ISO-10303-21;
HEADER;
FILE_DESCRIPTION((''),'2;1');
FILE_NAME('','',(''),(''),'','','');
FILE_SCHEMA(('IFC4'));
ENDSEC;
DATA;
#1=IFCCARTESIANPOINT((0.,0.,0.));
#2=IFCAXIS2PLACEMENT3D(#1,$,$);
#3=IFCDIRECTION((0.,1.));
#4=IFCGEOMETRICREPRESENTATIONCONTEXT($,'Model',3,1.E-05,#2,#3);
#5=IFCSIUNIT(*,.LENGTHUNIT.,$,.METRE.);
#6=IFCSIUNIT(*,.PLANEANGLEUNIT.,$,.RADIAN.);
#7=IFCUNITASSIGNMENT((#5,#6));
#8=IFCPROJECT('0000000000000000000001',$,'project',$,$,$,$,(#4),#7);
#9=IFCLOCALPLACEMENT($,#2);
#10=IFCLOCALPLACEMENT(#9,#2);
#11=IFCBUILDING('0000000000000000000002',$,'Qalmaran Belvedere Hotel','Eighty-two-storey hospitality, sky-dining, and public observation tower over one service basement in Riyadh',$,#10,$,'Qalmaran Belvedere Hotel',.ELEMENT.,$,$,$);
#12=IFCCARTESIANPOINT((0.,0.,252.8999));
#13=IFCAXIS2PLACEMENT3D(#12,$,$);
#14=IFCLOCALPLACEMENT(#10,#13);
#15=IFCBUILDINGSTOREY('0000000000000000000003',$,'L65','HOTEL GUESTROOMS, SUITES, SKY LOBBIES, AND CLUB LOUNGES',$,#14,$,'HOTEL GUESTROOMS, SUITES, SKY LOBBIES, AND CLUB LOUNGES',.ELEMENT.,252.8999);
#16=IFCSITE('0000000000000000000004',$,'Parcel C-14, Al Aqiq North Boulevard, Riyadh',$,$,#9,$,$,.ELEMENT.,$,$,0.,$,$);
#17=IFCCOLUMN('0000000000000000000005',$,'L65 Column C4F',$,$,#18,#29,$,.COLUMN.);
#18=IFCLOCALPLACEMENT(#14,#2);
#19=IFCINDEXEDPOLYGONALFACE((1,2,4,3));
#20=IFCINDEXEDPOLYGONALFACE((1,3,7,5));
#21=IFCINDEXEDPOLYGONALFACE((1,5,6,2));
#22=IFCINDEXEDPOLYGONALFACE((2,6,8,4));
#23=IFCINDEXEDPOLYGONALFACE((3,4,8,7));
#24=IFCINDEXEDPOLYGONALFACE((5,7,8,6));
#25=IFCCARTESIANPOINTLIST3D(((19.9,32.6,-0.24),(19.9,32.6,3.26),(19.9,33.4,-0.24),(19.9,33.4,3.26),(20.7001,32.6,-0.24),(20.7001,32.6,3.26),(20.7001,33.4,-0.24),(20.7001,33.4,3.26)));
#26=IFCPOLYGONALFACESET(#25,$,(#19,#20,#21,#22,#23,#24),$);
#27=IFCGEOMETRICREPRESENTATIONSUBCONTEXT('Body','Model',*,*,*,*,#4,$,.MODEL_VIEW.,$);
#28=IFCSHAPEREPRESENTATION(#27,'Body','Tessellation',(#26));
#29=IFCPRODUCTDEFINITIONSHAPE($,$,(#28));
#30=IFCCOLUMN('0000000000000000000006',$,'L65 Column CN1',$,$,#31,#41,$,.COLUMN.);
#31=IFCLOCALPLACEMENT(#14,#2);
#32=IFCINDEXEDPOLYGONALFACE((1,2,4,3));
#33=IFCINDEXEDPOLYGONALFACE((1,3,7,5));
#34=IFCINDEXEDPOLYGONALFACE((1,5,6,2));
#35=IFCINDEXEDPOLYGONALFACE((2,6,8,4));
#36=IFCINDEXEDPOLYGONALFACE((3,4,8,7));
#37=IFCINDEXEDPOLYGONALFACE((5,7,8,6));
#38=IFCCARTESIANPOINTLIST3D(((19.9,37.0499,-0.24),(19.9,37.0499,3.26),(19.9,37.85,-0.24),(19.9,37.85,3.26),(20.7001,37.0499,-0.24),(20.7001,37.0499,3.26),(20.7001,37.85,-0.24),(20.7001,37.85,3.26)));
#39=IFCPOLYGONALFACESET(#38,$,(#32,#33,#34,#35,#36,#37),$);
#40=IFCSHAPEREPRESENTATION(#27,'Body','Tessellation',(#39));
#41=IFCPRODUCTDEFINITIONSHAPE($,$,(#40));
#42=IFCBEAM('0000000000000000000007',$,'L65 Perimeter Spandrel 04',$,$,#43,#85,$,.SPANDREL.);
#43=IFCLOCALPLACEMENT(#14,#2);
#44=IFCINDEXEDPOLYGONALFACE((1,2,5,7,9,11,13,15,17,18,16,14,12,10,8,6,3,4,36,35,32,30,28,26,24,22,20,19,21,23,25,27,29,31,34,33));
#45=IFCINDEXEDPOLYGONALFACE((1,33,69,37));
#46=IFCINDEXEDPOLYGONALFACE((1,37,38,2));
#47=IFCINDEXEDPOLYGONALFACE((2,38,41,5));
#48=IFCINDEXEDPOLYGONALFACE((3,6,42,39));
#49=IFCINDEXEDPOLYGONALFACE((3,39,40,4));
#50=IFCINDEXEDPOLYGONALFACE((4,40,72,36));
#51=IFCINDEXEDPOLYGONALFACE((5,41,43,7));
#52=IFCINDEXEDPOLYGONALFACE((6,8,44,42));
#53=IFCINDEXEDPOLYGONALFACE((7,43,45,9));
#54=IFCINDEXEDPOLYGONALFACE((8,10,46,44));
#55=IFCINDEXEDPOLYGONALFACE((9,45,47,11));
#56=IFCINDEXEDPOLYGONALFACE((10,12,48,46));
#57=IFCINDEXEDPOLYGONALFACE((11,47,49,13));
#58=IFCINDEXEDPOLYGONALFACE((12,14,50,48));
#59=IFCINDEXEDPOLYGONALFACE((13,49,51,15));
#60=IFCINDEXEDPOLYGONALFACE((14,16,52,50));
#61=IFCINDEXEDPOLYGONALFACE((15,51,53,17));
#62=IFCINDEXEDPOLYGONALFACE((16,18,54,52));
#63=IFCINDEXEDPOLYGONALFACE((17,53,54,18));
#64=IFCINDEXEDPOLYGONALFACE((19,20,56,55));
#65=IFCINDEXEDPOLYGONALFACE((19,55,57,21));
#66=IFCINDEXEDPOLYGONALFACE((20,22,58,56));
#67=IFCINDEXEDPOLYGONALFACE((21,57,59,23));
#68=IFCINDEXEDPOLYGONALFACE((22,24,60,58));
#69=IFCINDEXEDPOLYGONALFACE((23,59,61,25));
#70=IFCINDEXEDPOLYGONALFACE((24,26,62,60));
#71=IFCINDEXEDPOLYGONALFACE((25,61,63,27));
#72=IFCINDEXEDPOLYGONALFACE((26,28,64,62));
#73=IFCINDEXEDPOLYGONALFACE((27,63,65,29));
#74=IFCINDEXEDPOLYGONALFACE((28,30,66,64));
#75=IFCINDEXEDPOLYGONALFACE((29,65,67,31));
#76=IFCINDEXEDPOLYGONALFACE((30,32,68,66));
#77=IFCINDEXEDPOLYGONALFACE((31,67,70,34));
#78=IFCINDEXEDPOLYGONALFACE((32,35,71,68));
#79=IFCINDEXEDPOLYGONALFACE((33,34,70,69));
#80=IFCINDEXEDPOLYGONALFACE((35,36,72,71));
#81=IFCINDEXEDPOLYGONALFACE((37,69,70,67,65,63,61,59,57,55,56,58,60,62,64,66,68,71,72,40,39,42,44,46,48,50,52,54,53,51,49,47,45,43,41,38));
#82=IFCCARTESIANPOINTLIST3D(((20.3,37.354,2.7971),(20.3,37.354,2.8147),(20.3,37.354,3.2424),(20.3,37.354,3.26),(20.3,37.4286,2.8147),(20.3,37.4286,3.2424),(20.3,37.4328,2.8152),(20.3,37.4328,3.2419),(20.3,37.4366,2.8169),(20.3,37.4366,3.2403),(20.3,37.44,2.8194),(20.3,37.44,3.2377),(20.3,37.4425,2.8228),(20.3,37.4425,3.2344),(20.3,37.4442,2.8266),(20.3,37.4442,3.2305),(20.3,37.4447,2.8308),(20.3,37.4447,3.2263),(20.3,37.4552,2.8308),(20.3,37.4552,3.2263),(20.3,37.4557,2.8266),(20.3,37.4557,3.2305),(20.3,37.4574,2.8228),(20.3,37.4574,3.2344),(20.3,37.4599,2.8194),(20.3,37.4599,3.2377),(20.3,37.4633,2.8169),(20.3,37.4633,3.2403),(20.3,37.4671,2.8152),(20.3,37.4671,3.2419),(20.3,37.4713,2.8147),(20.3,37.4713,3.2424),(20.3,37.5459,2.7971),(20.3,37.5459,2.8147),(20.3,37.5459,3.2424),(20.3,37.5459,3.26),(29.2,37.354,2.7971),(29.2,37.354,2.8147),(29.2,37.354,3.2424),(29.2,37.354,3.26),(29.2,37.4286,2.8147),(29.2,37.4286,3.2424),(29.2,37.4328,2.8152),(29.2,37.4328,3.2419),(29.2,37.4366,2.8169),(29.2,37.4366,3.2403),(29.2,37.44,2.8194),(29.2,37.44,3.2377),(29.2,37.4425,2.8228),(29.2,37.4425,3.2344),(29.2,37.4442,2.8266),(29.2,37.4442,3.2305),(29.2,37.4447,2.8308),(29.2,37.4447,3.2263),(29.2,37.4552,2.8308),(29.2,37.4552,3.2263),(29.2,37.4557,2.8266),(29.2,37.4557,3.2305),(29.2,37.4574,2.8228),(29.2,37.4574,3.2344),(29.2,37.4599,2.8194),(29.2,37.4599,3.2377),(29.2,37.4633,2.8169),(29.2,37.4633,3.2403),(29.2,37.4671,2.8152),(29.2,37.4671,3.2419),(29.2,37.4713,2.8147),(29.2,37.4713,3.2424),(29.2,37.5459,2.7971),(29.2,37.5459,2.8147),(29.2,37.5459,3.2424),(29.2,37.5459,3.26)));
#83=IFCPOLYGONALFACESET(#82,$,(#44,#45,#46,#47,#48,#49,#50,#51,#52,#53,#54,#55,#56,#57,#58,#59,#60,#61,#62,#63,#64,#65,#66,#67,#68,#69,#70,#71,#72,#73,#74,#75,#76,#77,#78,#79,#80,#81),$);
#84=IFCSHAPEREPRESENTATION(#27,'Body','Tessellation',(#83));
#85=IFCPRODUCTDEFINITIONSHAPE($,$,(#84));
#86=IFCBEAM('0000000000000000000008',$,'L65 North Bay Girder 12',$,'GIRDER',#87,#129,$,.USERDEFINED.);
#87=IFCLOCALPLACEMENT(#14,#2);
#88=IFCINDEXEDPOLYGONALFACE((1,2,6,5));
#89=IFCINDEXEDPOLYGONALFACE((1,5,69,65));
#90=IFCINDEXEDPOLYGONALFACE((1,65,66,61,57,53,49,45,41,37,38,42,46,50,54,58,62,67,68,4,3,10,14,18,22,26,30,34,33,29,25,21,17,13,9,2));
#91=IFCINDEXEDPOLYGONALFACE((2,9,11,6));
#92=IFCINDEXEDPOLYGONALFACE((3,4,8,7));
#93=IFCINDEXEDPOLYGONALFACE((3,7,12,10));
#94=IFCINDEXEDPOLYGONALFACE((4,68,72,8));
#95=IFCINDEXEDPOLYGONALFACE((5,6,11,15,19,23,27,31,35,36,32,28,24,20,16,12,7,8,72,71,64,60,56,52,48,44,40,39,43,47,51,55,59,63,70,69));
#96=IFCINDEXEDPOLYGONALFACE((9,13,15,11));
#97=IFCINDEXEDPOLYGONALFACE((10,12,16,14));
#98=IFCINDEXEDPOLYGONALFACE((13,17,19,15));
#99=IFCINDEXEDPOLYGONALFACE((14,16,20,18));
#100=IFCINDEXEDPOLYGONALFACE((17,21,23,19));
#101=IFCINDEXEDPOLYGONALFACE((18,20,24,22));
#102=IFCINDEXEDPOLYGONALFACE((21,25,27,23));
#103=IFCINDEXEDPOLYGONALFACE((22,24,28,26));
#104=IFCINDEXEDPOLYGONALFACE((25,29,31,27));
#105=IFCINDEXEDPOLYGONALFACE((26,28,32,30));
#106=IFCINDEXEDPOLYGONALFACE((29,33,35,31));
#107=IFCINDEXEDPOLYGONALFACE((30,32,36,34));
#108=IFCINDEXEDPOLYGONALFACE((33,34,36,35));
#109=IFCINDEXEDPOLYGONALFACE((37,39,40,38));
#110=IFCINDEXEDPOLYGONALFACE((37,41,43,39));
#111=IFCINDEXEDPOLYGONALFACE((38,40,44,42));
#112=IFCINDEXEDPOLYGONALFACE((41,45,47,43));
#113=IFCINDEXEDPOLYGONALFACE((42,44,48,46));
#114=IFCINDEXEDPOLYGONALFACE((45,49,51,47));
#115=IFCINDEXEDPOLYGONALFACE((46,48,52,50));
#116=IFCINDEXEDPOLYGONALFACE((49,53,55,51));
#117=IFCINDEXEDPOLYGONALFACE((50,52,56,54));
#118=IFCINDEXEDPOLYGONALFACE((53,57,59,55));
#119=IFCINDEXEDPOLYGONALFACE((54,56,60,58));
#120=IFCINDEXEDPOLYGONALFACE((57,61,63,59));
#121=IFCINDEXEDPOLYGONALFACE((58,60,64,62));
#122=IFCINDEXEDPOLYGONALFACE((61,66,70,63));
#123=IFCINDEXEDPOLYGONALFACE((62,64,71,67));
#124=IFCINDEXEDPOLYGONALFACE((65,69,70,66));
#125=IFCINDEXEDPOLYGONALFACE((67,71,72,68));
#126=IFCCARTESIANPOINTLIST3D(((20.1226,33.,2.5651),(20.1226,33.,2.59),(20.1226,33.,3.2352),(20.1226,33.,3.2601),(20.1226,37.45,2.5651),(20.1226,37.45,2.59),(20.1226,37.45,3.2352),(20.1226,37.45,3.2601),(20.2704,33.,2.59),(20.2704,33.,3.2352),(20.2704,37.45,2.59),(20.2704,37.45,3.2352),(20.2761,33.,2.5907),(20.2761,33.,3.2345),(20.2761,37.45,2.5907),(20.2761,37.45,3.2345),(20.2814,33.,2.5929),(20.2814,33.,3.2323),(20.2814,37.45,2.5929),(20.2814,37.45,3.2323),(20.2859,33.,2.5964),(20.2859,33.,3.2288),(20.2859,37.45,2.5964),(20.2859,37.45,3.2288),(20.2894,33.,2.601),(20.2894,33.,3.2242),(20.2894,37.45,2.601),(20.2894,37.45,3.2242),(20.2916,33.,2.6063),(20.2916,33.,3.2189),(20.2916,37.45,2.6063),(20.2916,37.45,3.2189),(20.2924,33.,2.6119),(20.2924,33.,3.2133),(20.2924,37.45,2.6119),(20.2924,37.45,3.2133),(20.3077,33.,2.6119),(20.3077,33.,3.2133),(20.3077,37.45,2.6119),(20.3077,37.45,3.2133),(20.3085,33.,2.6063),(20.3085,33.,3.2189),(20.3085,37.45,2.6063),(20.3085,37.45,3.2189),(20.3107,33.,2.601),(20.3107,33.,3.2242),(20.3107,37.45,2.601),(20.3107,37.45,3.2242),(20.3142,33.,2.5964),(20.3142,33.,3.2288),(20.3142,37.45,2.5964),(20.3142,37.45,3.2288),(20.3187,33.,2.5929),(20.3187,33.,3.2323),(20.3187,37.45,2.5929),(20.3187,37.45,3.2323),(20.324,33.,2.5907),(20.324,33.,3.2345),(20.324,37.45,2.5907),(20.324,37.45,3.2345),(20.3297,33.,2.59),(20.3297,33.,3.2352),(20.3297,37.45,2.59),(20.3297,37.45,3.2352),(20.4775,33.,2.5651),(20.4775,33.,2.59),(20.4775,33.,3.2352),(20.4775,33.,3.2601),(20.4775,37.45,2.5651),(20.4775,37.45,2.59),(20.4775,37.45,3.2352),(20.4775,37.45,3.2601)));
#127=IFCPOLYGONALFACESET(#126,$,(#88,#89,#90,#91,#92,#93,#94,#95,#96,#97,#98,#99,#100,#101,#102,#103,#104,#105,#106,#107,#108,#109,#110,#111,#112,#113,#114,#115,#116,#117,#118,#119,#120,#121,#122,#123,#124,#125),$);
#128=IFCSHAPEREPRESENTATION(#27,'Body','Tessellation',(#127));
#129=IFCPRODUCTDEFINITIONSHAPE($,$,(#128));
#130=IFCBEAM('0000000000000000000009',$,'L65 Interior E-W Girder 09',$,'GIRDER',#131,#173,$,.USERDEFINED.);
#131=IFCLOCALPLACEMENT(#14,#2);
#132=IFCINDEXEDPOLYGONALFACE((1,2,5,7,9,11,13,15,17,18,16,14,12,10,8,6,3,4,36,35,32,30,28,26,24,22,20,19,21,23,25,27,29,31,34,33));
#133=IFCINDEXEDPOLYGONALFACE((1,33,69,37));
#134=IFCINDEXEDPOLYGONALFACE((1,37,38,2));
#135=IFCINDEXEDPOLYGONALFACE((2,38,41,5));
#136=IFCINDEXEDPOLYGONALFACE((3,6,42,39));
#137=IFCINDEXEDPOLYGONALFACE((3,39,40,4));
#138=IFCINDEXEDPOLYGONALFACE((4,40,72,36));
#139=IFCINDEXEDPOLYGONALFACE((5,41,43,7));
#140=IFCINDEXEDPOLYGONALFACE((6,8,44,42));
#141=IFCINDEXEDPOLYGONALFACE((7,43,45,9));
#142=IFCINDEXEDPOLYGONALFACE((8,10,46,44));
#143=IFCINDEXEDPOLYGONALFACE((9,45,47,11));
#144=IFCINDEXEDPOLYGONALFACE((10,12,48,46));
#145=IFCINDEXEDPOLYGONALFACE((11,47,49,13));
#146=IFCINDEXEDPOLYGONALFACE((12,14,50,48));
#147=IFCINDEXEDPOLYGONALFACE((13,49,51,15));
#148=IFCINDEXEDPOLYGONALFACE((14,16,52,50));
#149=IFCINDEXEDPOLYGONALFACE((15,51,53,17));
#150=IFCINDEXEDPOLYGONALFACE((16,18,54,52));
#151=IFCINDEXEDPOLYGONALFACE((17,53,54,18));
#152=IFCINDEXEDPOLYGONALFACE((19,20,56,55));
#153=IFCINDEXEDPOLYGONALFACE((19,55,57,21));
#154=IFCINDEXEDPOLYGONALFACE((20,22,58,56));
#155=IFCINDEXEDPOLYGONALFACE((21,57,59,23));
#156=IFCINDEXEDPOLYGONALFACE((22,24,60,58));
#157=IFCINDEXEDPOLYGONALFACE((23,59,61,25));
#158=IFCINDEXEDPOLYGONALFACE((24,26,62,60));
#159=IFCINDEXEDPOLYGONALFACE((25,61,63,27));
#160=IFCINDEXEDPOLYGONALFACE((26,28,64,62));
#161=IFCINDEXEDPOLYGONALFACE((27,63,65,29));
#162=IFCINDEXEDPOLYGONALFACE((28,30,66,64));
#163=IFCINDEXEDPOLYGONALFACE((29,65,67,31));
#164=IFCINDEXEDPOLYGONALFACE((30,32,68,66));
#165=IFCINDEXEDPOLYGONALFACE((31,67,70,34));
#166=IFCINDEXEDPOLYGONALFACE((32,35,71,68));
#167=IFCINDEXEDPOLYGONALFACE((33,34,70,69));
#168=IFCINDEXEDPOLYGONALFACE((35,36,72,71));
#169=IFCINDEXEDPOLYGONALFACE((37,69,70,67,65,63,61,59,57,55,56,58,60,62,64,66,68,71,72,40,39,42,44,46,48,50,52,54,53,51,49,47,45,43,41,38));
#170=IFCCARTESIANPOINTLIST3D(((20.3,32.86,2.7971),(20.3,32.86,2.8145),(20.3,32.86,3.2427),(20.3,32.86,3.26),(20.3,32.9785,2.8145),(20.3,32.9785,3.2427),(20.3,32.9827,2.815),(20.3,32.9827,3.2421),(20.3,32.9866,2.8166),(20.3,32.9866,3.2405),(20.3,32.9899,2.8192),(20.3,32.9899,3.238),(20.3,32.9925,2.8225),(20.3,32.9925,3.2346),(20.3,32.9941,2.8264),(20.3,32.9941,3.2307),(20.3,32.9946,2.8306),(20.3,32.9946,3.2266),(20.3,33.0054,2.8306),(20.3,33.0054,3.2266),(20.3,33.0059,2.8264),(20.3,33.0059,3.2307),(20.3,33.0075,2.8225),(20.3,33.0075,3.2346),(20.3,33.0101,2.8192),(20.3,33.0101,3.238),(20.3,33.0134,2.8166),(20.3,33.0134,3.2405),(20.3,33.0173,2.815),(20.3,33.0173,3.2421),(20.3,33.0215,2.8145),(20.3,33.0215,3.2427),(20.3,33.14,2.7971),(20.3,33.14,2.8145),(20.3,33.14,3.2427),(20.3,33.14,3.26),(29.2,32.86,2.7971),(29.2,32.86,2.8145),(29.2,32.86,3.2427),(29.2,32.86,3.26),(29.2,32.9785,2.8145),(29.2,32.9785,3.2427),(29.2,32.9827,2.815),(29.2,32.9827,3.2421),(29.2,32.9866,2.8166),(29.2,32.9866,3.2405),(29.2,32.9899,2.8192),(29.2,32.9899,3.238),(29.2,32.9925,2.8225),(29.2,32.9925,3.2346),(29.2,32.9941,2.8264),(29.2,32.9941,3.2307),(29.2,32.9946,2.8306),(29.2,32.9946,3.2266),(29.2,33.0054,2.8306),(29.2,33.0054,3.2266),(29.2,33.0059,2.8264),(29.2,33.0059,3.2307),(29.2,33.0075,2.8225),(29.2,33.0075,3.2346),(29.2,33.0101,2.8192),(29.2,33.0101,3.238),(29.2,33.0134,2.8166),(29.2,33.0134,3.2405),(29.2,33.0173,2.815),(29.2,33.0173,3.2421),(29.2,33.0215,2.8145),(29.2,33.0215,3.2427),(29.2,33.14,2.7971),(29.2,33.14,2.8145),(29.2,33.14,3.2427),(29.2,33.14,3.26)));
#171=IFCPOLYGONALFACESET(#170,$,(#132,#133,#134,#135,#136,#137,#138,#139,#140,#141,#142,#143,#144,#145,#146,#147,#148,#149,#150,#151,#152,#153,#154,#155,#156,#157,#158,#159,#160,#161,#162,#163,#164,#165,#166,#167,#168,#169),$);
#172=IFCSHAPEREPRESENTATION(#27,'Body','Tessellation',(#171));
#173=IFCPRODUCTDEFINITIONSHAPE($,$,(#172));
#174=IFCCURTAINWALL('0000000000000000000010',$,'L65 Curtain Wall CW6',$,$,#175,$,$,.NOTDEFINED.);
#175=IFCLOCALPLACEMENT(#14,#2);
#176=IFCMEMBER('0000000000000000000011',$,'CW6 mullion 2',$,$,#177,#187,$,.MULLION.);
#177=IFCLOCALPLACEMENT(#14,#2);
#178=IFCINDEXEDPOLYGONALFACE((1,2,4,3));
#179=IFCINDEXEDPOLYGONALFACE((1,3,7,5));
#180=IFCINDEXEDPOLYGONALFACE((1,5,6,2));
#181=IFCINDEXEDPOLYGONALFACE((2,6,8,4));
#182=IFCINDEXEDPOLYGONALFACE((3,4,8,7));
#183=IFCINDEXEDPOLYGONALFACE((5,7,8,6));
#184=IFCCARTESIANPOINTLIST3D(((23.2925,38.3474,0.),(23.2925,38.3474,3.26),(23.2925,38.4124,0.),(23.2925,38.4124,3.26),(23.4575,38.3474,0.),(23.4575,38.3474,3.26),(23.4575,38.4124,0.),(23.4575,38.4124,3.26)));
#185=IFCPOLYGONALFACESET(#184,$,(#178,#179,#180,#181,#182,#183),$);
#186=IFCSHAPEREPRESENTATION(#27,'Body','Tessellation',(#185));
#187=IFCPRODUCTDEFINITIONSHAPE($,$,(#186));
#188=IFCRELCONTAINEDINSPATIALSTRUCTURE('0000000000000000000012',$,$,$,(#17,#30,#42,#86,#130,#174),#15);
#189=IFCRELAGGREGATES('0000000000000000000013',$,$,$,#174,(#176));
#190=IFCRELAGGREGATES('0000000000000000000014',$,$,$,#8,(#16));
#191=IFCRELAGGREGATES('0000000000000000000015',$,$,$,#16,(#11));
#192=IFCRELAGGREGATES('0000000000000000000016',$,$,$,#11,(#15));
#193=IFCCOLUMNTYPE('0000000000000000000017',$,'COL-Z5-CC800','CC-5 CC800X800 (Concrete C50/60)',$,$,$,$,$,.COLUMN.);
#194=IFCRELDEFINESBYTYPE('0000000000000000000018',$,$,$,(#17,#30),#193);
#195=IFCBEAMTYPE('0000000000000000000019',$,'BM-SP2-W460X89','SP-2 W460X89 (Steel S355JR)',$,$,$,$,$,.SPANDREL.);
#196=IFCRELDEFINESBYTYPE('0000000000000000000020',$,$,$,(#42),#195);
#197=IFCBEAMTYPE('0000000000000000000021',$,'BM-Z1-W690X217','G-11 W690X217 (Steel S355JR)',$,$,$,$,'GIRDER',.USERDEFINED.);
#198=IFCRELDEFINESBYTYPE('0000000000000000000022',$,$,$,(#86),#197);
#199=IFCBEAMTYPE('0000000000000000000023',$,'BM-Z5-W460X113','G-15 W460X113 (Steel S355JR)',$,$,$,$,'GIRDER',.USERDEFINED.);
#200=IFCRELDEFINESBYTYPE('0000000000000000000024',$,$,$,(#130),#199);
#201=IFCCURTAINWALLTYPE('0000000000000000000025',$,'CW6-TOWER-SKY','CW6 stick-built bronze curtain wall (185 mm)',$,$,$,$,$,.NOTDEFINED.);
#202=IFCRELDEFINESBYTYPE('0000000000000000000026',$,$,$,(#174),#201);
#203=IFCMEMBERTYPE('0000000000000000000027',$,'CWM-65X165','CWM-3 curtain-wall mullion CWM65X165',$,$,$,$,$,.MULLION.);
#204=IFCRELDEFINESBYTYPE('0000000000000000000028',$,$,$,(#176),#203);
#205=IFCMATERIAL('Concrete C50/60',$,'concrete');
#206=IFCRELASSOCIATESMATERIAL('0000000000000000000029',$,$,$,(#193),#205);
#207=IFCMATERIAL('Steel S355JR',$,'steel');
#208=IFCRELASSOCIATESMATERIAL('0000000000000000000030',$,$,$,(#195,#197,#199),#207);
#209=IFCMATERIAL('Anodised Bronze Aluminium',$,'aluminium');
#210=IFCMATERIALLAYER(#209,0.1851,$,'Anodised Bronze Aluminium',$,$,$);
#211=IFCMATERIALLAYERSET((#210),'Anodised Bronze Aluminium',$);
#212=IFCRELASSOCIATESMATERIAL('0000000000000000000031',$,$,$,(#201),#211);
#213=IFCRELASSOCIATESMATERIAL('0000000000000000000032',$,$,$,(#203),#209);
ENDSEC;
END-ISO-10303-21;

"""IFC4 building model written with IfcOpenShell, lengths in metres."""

from ifc_helpers import new_model, si_unit, direction, frame, origin, origin_2d, place, context, subcontext, project, spatial, rectangle, i_section, extrude, material, layer, layer_set, material_profile, profile_set, type_object, element, aggregate, save


model = new_model("IFC4")

# Units and contexts
model_context = context("Model", 3, precision=1e-05, world=origin(), true_north=direction((0.0, 1.0)))
body_context = subcontext(model_context, "Body", "Model", "MODEL_VIEW")
ifc_project = project(units=[si_unit("LENGTHUNIT", "METRE"), si_unit("PLANEANGLEUNIT", "RADIAN")], contexts=[model_context])

# Site, building, storey
site_placement = place(None, origin())
site = spatial("IfcSite", under=ifc_project, at=site_placement, Name="Parcel C-14, Al Aqiq North Boulevard, Riyadh", CompositionType="ELEMENT", RefElevation=0.0)
building_placement = place(site_placement, origin())
building = spatial("IfcBuilding", under=site, at=building_placement, Name="Qalmaran Belvedere Hotel", Description="Eighty-two-storey hospitality, sky-dining, and public observation tower over one service basement in Riyadh", LongName="Qalmaran Belvedere Hotel", CompositionType="ELEMENT")
storey_placement = place(building_placement, frame((0.0, 0.0, 252.8999)))
storey = spatial("IfcBuildingStorey", under=building, at=storey_placement, Name="L65", Description="HOTEL GUESTROOMS, SUITES, SKY LOBBIES, AND CLUB LOUNGES", LongName="HOTEL GUESTROOMS, SUITES, SKY LOBBIES, AND CLUB LOUNGES", CompositionType="ELEMENT", Elevation=252.8999)

# Columns
ifc_material_1 = material(Name="Concrete C50/60", Category="concrete")
ifc_material_profile_1 = material_profile(ifc_material_1, rectangle(XDim=0.8, YDim=0.8, at=origin_2d()), Name="CC800X800")
ifc_profile_set_1 = profile_set([ifc_material_profile_1], Name="Concrete C50/60")
column_type = type_object("IfcColumnType", Name="COL-Z5-CC800", Description="CC-5 CC800X800 (Concrete C50/60)", PredefinedType="COLUMN", material=ifc_profile_set_1)
for number, where, z_axis, x_axis, name in (
    (1, (20.3, 33.0, -0.24), (0.0, 0.0, 1.0), (1.0, 0.0, 0.0), "L65 Column C4F"),
    (2, (20.3, 37.45, -0.24), (0.0, 0.0, 1.0), (1.0, 0.0, 0.0), "L65 Column CN1"),
):
    element("IfcColumn", number, at=place(storey_placement, frame(where, z_axis=z_axis, x_axis=x_axis)), inside=storey, type_object=column_type, Name=name, PredefinedType="COLUMN", context=body_context, shape_type="SweptSolid", body=[
        extrude(rectangle(XDim=0.8, YDim=0.8, at=origin_2d()), origin(), (0.0, 0.0, 1.0), 3.5),
    ])

# Beams
ifc_material_2 = material(Name="Steel S355JR", Category="steel")
ifc_material_profile_2 = material_profile(ifc_material_2, i_section(OverallWidth=0.1919, OverallDepth=0.4629, WebThickness=0.0105, FlangeThickness=0.0176, FilletRadius=0.0161, at=origin_2d()), Name="W460X89")
ifc_profile_set_2 = profile_set([ifc_material_profile_2], Name="Steel S355JR")
beam_type_1 = type_object("IfcBeamType", Name="BM-SP2-W460X89", Description="SP-2 W460X89 (Steel S355JR)", PredefinedType="SPANDREL", material=ifc_profile_set_2)
beam_1_placement = place(storey_placement, frame((20.3, 37.45, 3.0286), z_axis=(1.0, 0.0, 0.0), x_axis=(0.0, 1.0, 0.0)))
element("IfcBeam", 3, at=beam_1_placement, inside=storey, type_object=beam_type_1, Name="L65 Perimeter Spandrel 04", PredefinedType="SPANDREL", context=body_context, shape_type="SweptSolid", body=[
    extrude(i_section(OverallWidth=0.1919, OverallDepth=0.4629, WebThickness=0.0105, FlangeThickness=0.0176, FilletRadius=0.0161, at=origin_2d()), origin(), (0.0, 0.0, 1.0), 8.8999),
])
ifc_material_profile_3 = material_profile(ifc_material_2, i_section(OverallWidth=0.355, OverallDepth=0.6951, WebThickness=0.0154, FlangeThickness=0.0249, FilletRadius=0.022, at=origin_2d()), Name="W690X217")
ifc_profile_set_3 = profile_set([ifc_material_profile_3], Name="Steel S355JR")
beam_type_2 = type_object("IfcBeamType", Name="BM-Z1-W690X217", Description="G-11 W690X217 (Steel S355JR)", ElementType="GIRDER", PredefinedType="USERDEFINED", material=ifc_profile_set_3)
beam_2_placement = place(storey_placement, frame((20.3, 33.0, 2.9126), z_axis=(0.0, 1.0, 0.0), x_axis=(-1.0, 0.0, 0.0)))
element("IfcBeam", 4, at=beam_2_placement, inside=storey, type_object=beam_type_2, Name="L65 North Bay Girder 12", ObjectType="GIRDER", PredefinedType="USERDEFINED", context=body_context, shape_type="SweptSolid", body=[
    extrude(i_section(OverallWidth=0.355, OverallDepth=0.6951, WebThickness=0.0154, FlangeThickness=0.0249, FilletRadius=0.022, at=origin_2d()), origin(), (0.0, 0.0, 1.0), 4.45),
])
ifc_material_profile_4 = material_profile(ifc_material_2, i_section(OverallWidth=0.28, OverallDepth=0.4629, WebThickness=0.0107, FlangeThickness=0.0173, FilletRadius=0.0161, at=origin_2d()), Name="W460X113")
ifc_profile_set_4 = profile_set([ifc_material_profile_4], Name="Steel S355JR")
beam_type_3 = type_object("IfcBeamType", Name="BM-Z5-W460X113", Description="G-15 W460X113 (Steel S355JR)", ElementType="GIRDER", PredefinedType="USERDEFINED", material=ifc_profile_set_4)
beam_3_placement = place(storey_placement, frame((20.3, 33.0, 3.0286), z_axis=(1.0, 0.0, 0.0), x_axis=(0.0, 1.0, 0.0)))
element("IfcBeam", 5, at=beam_3_placement, inside=storey, type_object=beam_type_3, Name="L65 Interior E-W Girder 09", ObjectType="GIRDER", PredefinedType="USERDEFINED", context=body_context, shape_type="SweptSolid", body=[
    extrude(i_section(OverallWidth=0.28, OverallDepth=0.4629, WebThickness=0.0107, FlangeThickness=0.0173, FilletRadius=0.0161, at=origin_2d()), origin(), (0.0, 0.0, 1.0), 8.8999),
])

# Curtain wall, member
ifc_material_3 = material(Name="Anodised Bronze Aluminium", Category="aluminium")
ifc_layer_1 = layer(ifc_material_3, 0.1851, Name="Anodised Bronze Aluminium")
ifc_layer_set_1 = layer_set([ifc_layer_1], Name="Anodised Bronze Aluminium")
curtain_wall_type = type_object("IfcCurtainWallType", Name="CW6-TOWER-SKY", Description="CW6 stick-built bronze curtain wall (185 mm)", PredefinedType="NOTDEFINED", material=ifc_layer_set_1)
curtain_wall_placement = place(storey_placement, origin())
curtain_wall = element("IfcCurtainWall", 6, at=curtain_wall_placement, inside=storey, type_object=curtain_wall_type, Name="L65 Curtain Wall CW6", PredefinedType="NOTDEFINED")
ifc_material_profile_5 = material_profile(ifc_material_3, rectangle(XDim=0.0649, YDim=0.165, at=origin_2d()), Name="CWM65X165")
ifc_profile_set_5 = profile_set([ifc_material_profile_5], Name="Anodised Bronze Aluminium")
member_type_1 = type_object("IfcMemberType", Name="CWM-65X165", Description="CWM-3 curtain-wall mullion CWM65X165", PredefinedType="MULLION", material=ifc_profile_set_5)
member_1_placement = place(storey_placement, frame((23.375, 38.3799, 0.0), z_axis=(0.0, 0.0, 1.0), x_axis=(0.0, -1.0, 0.0)))
member_1 = element("IfcMember", 7, at=member_1_placement, type_object=member_type_1, Name="CW6 mullion 2", PredefinedType="MULLION", context=body_context, shape_type="SweptSolid", body=[
    extrude(rectangle(XDim=0.0649, YDim=0.165, at=origin_2d()), origin(), (0.0, 0.0, 1.0), 3.26),
])
aggregate(curtain_wall, [member_1])

save(model, "model.ifc")
